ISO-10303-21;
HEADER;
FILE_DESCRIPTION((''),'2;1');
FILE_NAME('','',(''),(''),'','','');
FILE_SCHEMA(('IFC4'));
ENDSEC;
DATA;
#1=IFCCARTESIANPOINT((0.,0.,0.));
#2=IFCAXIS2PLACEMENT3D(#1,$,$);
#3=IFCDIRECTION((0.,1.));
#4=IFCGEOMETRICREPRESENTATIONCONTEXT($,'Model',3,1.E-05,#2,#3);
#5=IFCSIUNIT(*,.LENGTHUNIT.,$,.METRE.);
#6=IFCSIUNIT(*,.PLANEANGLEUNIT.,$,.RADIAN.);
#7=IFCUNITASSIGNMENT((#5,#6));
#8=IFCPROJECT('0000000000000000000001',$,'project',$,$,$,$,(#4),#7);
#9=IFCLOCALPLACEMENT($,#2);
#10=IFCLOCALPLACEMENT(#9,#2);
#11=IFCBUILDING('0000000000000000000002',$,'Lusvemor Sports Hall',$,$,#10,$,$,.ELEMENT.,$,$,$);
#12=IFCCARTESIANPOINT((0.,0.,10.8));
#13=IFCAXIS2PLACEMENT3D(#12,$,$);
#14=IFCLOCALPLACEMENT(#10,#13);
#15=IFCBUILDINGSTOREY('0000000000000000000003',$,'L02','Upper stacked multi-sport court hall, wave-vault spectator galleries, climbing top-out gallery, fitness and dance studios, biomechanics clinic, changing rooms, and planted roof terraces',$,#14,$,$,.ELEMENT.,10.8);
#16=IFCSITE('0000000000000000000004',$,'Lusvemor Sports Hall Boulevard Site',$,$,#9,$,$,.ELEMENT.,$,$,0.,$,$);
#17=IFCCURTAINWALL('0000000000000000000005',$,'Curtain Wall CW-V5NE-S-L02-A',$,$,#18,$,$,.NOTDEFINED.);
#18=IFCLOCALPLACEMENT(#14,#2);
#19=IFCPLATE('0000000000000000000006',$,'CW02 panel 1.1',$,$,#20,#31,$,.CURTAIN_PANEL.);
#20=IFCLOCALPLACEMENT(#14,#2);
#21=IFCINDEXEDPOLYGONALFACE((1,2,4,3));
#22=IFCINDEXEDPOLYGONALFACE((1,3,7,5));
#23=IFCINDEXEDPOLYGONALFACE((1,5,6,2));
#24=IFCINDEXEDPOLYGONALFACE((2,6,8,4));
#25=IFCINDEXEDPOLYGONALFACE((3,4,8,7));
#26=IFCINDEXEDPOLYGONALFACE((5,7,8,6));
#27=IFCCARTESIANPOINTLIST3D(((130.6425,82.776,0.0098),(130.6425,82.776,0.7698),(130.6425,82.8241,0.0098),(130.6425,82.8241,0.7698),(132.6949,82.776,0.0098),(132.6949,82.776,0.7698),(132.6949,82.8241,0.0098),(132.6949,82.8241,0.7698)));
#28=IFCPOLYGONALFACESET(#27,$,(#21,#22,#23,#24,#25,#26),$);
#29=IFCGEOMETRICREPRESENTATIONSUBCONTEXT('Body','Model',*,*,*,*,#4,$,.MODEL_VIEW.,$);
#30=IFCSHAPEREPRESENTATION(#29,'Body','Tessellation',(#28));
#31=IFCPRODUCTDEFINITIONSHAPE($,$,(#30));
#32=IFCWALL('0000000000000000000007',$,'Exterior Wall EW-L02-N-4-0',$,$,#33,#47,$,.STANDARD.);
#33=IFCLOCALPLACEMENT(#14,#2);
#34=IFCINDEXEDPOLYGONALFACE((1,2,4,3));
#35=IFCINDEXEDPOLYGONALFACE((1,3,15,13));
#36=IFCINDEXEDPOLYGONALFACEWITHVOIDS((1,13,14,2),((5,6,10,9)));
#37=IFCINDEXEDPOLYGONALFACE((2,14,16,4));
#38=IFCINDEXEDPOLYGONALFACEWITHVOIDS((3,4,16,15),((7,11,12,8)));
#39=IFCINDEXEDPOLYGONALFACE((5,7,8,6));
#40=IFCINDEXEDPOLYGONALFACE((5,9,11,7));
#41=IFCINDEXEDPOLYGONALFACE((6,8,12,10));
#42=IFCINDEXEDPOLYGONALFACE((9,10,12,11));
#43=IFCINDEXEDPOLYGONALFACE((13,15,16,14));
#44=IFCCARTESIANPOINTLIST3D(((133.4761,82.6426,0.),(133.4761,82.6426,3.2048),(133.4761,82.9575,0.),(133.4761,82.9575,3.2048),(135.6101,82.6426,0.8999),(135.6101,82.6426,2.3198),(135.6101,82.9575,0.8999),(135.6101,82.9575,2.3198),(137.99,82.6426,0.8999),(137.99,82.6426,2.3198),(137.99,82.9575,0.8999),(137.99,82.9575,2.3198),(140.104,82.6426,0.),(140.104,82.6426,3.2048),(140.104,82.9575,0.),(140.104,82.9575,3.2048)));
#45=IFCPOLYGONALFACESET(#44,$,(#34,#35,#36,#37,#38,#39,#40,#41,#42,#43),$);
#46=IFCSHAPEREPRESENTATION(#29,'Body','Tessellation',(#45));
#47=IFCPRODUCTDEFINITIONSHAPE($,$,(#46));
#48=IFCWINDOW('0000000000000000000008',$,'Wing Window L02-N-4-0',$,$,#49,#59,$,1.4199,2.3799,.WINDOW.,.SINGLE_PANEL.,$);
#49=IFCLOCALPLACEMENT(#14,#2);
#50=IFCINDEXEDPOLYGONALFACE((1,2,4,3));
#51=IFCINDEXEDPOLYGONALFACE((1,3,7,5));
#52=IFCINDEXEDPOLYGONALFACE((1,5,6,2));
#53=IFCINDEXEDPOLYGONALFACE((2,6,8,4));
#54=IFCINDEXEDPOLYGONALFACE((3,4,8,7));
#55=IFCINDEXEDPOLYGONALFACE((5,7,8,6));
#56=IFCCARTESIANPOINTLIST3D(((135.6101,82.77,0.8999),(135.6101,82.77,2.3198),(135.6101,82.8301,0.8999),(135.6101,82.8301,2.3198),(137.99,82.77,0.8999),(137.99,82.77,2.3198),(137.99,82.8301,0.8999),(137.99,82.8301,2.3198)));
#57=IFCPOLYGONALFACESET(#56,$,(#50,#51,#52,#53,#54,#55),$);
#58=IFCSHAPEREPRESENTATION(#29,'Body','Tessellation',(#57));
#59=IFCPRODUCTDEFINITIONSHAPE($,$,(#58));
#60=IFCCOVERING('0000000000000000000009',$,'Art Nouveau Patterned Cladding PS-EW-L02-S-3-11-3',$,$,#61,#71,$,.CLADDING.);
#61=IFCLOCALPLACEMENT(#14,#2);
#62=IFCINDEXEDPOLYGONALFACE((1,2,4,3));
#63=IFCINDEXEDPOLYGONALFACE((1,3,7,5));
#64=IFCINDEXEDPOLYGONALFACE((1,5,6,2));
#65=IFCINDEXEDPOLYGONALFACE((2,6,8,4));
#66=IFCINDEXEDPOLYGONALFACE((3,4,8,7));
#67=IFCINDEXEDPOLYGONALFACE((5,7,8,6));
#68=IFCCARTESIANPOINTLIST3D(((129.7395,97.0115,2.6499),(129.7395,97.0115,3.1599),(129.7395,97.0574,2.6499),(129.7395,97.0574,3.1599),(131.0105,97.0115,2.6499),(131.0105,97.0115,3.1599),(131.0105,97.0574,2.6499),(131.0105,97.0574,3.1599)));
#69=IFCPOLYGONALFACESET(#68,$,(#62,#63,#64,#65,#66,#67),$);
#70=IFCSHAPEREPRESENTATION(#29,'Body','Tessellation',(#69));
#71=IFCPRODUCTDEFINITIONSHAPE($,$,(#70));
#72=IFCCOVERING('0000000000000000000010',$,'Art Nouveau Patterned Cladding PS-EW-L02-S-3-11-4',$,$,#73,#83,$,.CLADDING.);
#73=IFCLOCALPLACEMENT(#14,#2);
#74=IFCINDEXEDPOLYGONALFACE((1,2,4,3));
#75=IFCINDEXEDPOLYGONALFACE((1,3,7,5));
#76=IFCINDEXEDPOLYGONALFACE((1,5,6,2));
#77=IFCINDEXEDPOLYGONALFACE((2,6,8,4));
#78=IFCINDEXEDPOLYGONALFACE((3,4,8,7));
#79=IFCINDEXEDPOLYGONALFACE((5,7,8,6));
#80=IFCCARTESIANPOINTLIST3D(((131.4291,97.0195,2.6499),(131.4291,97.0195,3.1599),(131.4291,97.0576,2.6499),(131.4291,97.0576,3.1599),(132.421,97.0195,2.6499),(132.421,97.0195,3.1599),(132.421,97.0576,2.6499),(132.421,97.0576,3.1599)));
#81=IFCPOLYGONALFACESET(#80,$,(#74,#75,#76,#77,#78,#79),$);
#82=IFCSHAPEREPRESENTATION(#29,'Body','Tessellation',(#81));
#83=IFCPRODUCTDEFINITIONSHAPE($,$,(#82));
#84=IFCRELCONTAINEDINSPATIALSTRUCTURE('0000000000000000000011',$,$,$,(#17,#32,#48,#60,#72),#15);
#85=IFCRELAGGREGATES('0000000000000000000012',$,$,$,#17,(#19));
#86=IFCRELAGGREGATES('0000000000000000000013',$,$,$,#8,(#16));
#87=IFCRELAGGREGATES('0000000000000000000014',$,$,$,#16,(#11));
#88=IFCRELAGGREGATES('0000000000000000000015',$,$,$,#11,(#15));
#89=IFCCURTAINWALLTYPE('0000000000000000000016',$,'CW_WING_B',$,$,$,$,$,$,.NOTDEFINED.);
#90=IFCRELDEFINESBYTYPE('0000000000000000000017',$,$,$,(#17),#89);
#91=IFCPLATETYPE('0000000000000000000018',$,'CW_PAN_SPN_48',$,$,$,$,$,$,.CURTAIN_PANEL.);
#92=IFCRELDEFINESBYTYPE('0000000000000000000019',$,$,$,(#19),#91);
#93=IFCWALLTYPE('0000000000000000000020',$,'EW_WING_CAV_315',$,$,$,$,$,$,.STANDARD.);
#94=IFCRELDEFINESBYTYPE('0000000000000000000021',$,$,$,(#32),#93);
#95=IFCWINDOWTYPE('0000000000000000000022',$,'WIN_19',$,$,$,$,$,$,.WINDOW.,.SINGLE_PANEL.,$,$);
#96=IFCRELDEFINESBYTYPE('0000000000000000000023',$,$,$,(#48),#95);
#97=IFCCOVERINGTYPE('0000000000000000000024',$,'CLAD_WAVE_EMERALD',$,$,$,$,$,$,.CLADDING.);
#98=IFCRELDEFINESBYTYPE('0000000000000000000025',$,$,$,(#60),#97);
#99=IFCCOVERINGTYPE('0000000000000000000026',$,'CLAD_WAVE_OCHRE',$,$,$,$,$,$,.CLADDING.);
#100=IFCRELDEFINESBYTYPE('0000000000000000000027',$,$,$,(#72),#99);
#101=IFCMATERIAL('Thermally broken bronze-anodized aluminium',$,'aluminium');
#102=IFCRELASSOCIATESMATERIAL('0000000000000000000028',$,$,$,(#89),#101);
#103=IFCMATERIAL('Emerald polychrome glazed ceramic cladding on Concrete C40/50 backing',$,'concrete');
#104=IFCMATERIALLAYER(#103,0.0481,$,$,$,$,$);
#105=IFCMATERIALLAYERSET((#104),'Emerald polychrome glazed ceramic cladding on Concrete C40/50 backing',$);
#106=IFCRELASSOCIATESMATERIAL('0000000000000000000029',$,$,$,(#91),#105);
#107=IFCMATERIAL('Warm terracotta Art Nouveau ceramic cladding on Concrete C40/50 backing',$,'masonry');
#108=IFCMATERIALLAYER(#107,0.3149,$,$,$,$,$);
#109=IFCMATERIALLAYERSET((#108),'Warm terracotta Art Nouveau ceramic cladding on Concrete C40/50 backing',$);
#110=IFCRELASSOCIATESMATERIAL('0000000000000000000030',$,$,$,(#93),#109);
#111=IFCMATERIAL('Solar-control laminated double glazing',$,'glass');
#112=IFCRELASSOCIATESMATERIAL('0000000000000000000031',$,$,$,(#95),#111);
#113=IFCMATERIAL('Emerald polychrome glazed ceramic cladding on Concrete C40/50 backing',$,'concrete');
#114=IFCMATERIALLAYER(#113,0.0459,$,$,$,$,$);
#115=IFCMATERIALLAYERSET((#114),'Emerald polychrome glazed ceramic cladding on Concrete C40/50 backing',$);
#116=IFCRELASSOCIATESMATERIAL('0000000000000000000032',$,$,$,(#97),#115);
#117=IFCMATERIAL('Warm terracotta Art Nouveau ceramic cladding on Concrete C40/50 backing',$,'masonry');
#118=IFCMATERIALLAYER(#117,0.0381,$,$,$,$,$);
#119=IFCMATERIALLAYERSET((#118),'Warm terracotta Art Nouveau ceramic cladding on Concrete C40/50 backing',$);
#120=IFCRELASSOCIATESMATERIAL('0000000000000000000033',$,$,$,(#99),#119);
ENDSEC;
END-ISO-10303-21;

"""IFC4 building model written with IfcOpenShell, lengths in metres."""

from ifc_helpers import new_model, si_unit, direction, frame, frame_2d, origin, origin_2d, place, context, subcontext, project, spatial, rectangle, extrude, material, layer, layer_set, type_object, element, fill, aggregate, save


model = new_model("IFC4")

# Units and contexts
model_context = context("Model", 3, precision=1e-05, world=origin(), true_north=direction((0.0, 1.0)))
body_context = subcontext(model_context, "Body", "Model", "MODEL_VIEW")
ifc_project = project(units=[si_unit("LENGTHUNIT", "METRE"), si_unit("PLANEANGLEUNIT", "RADIAN")], contexts=[model_context])

# Site, building, storey
site_placement = place(None, origin())
site = spatial("IfcSite", under=ifc_project, at=site_placement, Name="Lusvemor Sports Hall Boulevard Site", CompositionType="ELEMENT", RefElevation=0.0)
building_placement = place(site_placement, origin())
building = spatial("IfcBuilding", under=site, at=building_placement, Name="Lusvemor Sports Hall", CompositionType="ELEMENT")
storey_placement = place(building_placement, frame((0.0, 0.0, 10.8)))
storey = spatial("IfcBuildingStorey", under=building, at=storey_placement, Name="L02", Description="Upper stacked multi-sport court hall, wave-vault spectator galleries, climbing top-out gallery, fitness and dance studios, biomechanics clinic, changing rooms, and planted roof terraces", CompositionType="ELEMENT", Elevation=10.8)

# Curtain wall
ifc_material_1 = material(Name="Thermally broken bronze-anodized aluminium", Category="aluminium")
curtain_wall_type = type_object("IfcCurtainWallType", Name="CW_WING_B", PredefinedType="NOTDEFINED", material=ifc_material_1)
curtain_wall_placement = place(storey_placement, origin())
curtain_wall = element("IfcCurtainWall", 1, at=curtain_wall_placement, inside=storey, type_object=curtain_wall_type, Name="Curtain Wall CW-V5NE-S-L02-A", PredefinedType="NOTDEFINED")

# Plate
ifc_material_2 = material(Name="Emerald polychrome glazed ceramic cladding on Concrete C40/50 backing", Category="concrete")
ifc_layer_1 = layer(ifc_material_2, 0.0481)
ifc_layer_set_1 = layer_set([ifc_layer_1], Name="Emerald polychrome glazed ceramic cladding on Concrete C40/50 backing")
plate_type_1 = type_object("IfcPlateType", Name="CW_PAN_SPN_48", PredefinedType="CURTAIN_PANEL", material=ifc_layer_set_1)
plate_1_placement = place(storey_placement, frame((131.6687, 82.8, 0.0098), z_axis=(0.0, 0.0, 1.0), x_axis=(-1.0, 0.0, 0.0)))
plate_1 = element("IfcPlate", 2, at=plate_1_placement, type_object=plate_type_1, Name="CW02 panel 1.1", PredefinedType="CURTAIN_PANEL", context=body_context, shape_type="SweptSolid", body=[
    extrude(rectangle(XDim=2.0525, YDim=0.0481, at=origin_2d()), origin(), (0.0, 0.0, 1.0), 0.76),
])
aggregate(curtain_wall, [plate_1])

# Wall, opening, window
ifc_material_3 = material(Name="Warm terracotta Art Nouveau ceramic cladding on Concrete C40/50 backing", Category="masonry")
ifc_layer_2 = layer(ifc_material_3, 0.3149)
ifc_layer_set_2 = layer_set([ifc_layer_2], Name="Warm terracotta Art Nouveau ceramic cladding on Concrete C40/50 backing")
wall_type = type_object("IfcWallType", Name="EW_WING_CAV_315", PredefinedType="STANDARD", material=ifc_layer_set_2)
wall_placement = place(storey_placement, frame((133.4761, 82.8, 0.0), z_axis=(0.0, 0.0, 1.0), x_axis=(1.0, 0.0, 0.0)))
wall = element("IfcWall", 3, at=wall_placement, inside=storey, type_object=wall_type, Name="Exterior Wall EW-L02-N-4-0", PredefinedType="STANDARD", context=body_context, shape_type="SweptSolid", body=[
    extrude(rectangle(XDim=6.6279, YDim=0.3149, at=frame_2d((3.314, 0.0))), origin(), (0.0, 0.0, 1.0), 3.2048),
])
opening_placement = place(wall_placement, frame((2.134, 0.0, 0.8999)))
opening = element("IfcOpeningElement", 4, at=opening_placement, cuts=wall, PredefinedType="OPENING", context=body_context, shape_type="SweptSolid", body=[
    extrude(rectangle(XDim=2.3799, YDim=1.4199, at=frame_2d((1.1899, 0.71))), frame((0.0, 0.1575, 0.0), z_axis=(0.0, -1.0, 0.0), x_axis=(1.0, 0.0, 0.0)), (0.0, 0.0, 1.0), 0.3149),
])
ifc_material_4 = material(Name="Solar-control laminated double glazing", Category="glass")
window_type = type_object("IfcWindowType", Name="WIN_19", PartitioningType="SINGLE_PANEL", PredefinedType="WINDOW", material=ifc_material_4)
window_placement = place(opening_placement, origin())
window = element("IfcWindow", 5, at=window_placement, inside=storey, type_object=window_type, Name="Wing Window L02-N-4-0", OverallHeight=1.4199, OverallWidth=2.3799, PartitioningType="SINGLE_PANEL", PredefinedType="WINDOW", context=body_context, shape_type="SweptSolid", body=[
    extrude(rectangle(XDim=2.3799, YDim=1.4199, at=frame_2d((1.1899, 0.71))), frame((0.0, 0.03, 0.0), z_axis=(0.0, -1.0, 0.0), x_axis=(1.0, 0.0, 0.0)), (0.0, 0.0, 1.0), 0.0601),
])
fill(opening, window)

# Coverings
ifc_material_5 = material(Name="Emerald polychrome glazed ceramic cladding on Concrete C40/50 backing", Category="concrete")
ifc_layer_3 = layer(ifc_material_5, 0.0459)
ifc_layer_set_3 = layer_set([ifc_layer_3], Name="Emerald polychrome glazed ceramic cladding on Concrete C40/50 backing")
covering_type_1 = type_object("IfcCoveringType", Name="CLAD_WAVE_EMERALD", PredefinedType="CLADDING", material=ifc_layer_set_3)
covering_1_placement = place(storey_placement, frame((130.375, 97.0344, 2.6499), z_axis=(0.0, 0.0, 1.0), x_axis=(1.0, 0.0, 0.0)))
element("IfcCovering", 6, at=covering_1_placement, inside=storey, type_object=covering_type_1, Name="Art Nouveau Patterned Cladding PS-EW-L02-S-3-11-3", PredefinedType="CLADDING", context=body_context, shape_type="SweptSolid", body=[
    extrude(rectangle(XDim=1.271, YDim=0.0459, at=origin_2d()), origin(), (0.0, 0.0, 1.0), 0.51),
])
ifc_material_6 = material(Name="Warm terracotta Art Nouveau ceramic cladding on Concrete C40/50 backing", Category="masonry")
ifc_layer_4 = layer(ifc_material_6, 0.0381)
ifc_layer_set_4 = layer_set([ifc_layer_4], Name="Warm terracotta Art Nouveau ceramic cladding on Concrete C40/50 backing")
covering_type_2 = type_object("IfcCoveringType", Name="CLAD_WAVE_OCHRE", PredefinedType="CLADDING", material=ifc_layer_set_4)
covering_2_placement = place(storey_placement, frame((131.925, 97.0386, 2.6499), z_axis=(0.0, 0.0, 1.0), x_axis=(1.0, 0.0, 0.0)))
element("IfcCovering", 7, at=covering_2_placement, inside=storey, type_object=covering_type_2, Name="Art Nouveau Patterned Cladding PS-EW-L02-S-3-11-4", PredefinedType="CLADDING", context=body_context, shape_type="SweptSolid", body=[
    extrude(rectangle(XDim=0.9919, YDim=0.0381, at=origin_2d()), origin(), (0.0, 0.0, 1.0), 0.51),
])

save(model, "model.ifc")
